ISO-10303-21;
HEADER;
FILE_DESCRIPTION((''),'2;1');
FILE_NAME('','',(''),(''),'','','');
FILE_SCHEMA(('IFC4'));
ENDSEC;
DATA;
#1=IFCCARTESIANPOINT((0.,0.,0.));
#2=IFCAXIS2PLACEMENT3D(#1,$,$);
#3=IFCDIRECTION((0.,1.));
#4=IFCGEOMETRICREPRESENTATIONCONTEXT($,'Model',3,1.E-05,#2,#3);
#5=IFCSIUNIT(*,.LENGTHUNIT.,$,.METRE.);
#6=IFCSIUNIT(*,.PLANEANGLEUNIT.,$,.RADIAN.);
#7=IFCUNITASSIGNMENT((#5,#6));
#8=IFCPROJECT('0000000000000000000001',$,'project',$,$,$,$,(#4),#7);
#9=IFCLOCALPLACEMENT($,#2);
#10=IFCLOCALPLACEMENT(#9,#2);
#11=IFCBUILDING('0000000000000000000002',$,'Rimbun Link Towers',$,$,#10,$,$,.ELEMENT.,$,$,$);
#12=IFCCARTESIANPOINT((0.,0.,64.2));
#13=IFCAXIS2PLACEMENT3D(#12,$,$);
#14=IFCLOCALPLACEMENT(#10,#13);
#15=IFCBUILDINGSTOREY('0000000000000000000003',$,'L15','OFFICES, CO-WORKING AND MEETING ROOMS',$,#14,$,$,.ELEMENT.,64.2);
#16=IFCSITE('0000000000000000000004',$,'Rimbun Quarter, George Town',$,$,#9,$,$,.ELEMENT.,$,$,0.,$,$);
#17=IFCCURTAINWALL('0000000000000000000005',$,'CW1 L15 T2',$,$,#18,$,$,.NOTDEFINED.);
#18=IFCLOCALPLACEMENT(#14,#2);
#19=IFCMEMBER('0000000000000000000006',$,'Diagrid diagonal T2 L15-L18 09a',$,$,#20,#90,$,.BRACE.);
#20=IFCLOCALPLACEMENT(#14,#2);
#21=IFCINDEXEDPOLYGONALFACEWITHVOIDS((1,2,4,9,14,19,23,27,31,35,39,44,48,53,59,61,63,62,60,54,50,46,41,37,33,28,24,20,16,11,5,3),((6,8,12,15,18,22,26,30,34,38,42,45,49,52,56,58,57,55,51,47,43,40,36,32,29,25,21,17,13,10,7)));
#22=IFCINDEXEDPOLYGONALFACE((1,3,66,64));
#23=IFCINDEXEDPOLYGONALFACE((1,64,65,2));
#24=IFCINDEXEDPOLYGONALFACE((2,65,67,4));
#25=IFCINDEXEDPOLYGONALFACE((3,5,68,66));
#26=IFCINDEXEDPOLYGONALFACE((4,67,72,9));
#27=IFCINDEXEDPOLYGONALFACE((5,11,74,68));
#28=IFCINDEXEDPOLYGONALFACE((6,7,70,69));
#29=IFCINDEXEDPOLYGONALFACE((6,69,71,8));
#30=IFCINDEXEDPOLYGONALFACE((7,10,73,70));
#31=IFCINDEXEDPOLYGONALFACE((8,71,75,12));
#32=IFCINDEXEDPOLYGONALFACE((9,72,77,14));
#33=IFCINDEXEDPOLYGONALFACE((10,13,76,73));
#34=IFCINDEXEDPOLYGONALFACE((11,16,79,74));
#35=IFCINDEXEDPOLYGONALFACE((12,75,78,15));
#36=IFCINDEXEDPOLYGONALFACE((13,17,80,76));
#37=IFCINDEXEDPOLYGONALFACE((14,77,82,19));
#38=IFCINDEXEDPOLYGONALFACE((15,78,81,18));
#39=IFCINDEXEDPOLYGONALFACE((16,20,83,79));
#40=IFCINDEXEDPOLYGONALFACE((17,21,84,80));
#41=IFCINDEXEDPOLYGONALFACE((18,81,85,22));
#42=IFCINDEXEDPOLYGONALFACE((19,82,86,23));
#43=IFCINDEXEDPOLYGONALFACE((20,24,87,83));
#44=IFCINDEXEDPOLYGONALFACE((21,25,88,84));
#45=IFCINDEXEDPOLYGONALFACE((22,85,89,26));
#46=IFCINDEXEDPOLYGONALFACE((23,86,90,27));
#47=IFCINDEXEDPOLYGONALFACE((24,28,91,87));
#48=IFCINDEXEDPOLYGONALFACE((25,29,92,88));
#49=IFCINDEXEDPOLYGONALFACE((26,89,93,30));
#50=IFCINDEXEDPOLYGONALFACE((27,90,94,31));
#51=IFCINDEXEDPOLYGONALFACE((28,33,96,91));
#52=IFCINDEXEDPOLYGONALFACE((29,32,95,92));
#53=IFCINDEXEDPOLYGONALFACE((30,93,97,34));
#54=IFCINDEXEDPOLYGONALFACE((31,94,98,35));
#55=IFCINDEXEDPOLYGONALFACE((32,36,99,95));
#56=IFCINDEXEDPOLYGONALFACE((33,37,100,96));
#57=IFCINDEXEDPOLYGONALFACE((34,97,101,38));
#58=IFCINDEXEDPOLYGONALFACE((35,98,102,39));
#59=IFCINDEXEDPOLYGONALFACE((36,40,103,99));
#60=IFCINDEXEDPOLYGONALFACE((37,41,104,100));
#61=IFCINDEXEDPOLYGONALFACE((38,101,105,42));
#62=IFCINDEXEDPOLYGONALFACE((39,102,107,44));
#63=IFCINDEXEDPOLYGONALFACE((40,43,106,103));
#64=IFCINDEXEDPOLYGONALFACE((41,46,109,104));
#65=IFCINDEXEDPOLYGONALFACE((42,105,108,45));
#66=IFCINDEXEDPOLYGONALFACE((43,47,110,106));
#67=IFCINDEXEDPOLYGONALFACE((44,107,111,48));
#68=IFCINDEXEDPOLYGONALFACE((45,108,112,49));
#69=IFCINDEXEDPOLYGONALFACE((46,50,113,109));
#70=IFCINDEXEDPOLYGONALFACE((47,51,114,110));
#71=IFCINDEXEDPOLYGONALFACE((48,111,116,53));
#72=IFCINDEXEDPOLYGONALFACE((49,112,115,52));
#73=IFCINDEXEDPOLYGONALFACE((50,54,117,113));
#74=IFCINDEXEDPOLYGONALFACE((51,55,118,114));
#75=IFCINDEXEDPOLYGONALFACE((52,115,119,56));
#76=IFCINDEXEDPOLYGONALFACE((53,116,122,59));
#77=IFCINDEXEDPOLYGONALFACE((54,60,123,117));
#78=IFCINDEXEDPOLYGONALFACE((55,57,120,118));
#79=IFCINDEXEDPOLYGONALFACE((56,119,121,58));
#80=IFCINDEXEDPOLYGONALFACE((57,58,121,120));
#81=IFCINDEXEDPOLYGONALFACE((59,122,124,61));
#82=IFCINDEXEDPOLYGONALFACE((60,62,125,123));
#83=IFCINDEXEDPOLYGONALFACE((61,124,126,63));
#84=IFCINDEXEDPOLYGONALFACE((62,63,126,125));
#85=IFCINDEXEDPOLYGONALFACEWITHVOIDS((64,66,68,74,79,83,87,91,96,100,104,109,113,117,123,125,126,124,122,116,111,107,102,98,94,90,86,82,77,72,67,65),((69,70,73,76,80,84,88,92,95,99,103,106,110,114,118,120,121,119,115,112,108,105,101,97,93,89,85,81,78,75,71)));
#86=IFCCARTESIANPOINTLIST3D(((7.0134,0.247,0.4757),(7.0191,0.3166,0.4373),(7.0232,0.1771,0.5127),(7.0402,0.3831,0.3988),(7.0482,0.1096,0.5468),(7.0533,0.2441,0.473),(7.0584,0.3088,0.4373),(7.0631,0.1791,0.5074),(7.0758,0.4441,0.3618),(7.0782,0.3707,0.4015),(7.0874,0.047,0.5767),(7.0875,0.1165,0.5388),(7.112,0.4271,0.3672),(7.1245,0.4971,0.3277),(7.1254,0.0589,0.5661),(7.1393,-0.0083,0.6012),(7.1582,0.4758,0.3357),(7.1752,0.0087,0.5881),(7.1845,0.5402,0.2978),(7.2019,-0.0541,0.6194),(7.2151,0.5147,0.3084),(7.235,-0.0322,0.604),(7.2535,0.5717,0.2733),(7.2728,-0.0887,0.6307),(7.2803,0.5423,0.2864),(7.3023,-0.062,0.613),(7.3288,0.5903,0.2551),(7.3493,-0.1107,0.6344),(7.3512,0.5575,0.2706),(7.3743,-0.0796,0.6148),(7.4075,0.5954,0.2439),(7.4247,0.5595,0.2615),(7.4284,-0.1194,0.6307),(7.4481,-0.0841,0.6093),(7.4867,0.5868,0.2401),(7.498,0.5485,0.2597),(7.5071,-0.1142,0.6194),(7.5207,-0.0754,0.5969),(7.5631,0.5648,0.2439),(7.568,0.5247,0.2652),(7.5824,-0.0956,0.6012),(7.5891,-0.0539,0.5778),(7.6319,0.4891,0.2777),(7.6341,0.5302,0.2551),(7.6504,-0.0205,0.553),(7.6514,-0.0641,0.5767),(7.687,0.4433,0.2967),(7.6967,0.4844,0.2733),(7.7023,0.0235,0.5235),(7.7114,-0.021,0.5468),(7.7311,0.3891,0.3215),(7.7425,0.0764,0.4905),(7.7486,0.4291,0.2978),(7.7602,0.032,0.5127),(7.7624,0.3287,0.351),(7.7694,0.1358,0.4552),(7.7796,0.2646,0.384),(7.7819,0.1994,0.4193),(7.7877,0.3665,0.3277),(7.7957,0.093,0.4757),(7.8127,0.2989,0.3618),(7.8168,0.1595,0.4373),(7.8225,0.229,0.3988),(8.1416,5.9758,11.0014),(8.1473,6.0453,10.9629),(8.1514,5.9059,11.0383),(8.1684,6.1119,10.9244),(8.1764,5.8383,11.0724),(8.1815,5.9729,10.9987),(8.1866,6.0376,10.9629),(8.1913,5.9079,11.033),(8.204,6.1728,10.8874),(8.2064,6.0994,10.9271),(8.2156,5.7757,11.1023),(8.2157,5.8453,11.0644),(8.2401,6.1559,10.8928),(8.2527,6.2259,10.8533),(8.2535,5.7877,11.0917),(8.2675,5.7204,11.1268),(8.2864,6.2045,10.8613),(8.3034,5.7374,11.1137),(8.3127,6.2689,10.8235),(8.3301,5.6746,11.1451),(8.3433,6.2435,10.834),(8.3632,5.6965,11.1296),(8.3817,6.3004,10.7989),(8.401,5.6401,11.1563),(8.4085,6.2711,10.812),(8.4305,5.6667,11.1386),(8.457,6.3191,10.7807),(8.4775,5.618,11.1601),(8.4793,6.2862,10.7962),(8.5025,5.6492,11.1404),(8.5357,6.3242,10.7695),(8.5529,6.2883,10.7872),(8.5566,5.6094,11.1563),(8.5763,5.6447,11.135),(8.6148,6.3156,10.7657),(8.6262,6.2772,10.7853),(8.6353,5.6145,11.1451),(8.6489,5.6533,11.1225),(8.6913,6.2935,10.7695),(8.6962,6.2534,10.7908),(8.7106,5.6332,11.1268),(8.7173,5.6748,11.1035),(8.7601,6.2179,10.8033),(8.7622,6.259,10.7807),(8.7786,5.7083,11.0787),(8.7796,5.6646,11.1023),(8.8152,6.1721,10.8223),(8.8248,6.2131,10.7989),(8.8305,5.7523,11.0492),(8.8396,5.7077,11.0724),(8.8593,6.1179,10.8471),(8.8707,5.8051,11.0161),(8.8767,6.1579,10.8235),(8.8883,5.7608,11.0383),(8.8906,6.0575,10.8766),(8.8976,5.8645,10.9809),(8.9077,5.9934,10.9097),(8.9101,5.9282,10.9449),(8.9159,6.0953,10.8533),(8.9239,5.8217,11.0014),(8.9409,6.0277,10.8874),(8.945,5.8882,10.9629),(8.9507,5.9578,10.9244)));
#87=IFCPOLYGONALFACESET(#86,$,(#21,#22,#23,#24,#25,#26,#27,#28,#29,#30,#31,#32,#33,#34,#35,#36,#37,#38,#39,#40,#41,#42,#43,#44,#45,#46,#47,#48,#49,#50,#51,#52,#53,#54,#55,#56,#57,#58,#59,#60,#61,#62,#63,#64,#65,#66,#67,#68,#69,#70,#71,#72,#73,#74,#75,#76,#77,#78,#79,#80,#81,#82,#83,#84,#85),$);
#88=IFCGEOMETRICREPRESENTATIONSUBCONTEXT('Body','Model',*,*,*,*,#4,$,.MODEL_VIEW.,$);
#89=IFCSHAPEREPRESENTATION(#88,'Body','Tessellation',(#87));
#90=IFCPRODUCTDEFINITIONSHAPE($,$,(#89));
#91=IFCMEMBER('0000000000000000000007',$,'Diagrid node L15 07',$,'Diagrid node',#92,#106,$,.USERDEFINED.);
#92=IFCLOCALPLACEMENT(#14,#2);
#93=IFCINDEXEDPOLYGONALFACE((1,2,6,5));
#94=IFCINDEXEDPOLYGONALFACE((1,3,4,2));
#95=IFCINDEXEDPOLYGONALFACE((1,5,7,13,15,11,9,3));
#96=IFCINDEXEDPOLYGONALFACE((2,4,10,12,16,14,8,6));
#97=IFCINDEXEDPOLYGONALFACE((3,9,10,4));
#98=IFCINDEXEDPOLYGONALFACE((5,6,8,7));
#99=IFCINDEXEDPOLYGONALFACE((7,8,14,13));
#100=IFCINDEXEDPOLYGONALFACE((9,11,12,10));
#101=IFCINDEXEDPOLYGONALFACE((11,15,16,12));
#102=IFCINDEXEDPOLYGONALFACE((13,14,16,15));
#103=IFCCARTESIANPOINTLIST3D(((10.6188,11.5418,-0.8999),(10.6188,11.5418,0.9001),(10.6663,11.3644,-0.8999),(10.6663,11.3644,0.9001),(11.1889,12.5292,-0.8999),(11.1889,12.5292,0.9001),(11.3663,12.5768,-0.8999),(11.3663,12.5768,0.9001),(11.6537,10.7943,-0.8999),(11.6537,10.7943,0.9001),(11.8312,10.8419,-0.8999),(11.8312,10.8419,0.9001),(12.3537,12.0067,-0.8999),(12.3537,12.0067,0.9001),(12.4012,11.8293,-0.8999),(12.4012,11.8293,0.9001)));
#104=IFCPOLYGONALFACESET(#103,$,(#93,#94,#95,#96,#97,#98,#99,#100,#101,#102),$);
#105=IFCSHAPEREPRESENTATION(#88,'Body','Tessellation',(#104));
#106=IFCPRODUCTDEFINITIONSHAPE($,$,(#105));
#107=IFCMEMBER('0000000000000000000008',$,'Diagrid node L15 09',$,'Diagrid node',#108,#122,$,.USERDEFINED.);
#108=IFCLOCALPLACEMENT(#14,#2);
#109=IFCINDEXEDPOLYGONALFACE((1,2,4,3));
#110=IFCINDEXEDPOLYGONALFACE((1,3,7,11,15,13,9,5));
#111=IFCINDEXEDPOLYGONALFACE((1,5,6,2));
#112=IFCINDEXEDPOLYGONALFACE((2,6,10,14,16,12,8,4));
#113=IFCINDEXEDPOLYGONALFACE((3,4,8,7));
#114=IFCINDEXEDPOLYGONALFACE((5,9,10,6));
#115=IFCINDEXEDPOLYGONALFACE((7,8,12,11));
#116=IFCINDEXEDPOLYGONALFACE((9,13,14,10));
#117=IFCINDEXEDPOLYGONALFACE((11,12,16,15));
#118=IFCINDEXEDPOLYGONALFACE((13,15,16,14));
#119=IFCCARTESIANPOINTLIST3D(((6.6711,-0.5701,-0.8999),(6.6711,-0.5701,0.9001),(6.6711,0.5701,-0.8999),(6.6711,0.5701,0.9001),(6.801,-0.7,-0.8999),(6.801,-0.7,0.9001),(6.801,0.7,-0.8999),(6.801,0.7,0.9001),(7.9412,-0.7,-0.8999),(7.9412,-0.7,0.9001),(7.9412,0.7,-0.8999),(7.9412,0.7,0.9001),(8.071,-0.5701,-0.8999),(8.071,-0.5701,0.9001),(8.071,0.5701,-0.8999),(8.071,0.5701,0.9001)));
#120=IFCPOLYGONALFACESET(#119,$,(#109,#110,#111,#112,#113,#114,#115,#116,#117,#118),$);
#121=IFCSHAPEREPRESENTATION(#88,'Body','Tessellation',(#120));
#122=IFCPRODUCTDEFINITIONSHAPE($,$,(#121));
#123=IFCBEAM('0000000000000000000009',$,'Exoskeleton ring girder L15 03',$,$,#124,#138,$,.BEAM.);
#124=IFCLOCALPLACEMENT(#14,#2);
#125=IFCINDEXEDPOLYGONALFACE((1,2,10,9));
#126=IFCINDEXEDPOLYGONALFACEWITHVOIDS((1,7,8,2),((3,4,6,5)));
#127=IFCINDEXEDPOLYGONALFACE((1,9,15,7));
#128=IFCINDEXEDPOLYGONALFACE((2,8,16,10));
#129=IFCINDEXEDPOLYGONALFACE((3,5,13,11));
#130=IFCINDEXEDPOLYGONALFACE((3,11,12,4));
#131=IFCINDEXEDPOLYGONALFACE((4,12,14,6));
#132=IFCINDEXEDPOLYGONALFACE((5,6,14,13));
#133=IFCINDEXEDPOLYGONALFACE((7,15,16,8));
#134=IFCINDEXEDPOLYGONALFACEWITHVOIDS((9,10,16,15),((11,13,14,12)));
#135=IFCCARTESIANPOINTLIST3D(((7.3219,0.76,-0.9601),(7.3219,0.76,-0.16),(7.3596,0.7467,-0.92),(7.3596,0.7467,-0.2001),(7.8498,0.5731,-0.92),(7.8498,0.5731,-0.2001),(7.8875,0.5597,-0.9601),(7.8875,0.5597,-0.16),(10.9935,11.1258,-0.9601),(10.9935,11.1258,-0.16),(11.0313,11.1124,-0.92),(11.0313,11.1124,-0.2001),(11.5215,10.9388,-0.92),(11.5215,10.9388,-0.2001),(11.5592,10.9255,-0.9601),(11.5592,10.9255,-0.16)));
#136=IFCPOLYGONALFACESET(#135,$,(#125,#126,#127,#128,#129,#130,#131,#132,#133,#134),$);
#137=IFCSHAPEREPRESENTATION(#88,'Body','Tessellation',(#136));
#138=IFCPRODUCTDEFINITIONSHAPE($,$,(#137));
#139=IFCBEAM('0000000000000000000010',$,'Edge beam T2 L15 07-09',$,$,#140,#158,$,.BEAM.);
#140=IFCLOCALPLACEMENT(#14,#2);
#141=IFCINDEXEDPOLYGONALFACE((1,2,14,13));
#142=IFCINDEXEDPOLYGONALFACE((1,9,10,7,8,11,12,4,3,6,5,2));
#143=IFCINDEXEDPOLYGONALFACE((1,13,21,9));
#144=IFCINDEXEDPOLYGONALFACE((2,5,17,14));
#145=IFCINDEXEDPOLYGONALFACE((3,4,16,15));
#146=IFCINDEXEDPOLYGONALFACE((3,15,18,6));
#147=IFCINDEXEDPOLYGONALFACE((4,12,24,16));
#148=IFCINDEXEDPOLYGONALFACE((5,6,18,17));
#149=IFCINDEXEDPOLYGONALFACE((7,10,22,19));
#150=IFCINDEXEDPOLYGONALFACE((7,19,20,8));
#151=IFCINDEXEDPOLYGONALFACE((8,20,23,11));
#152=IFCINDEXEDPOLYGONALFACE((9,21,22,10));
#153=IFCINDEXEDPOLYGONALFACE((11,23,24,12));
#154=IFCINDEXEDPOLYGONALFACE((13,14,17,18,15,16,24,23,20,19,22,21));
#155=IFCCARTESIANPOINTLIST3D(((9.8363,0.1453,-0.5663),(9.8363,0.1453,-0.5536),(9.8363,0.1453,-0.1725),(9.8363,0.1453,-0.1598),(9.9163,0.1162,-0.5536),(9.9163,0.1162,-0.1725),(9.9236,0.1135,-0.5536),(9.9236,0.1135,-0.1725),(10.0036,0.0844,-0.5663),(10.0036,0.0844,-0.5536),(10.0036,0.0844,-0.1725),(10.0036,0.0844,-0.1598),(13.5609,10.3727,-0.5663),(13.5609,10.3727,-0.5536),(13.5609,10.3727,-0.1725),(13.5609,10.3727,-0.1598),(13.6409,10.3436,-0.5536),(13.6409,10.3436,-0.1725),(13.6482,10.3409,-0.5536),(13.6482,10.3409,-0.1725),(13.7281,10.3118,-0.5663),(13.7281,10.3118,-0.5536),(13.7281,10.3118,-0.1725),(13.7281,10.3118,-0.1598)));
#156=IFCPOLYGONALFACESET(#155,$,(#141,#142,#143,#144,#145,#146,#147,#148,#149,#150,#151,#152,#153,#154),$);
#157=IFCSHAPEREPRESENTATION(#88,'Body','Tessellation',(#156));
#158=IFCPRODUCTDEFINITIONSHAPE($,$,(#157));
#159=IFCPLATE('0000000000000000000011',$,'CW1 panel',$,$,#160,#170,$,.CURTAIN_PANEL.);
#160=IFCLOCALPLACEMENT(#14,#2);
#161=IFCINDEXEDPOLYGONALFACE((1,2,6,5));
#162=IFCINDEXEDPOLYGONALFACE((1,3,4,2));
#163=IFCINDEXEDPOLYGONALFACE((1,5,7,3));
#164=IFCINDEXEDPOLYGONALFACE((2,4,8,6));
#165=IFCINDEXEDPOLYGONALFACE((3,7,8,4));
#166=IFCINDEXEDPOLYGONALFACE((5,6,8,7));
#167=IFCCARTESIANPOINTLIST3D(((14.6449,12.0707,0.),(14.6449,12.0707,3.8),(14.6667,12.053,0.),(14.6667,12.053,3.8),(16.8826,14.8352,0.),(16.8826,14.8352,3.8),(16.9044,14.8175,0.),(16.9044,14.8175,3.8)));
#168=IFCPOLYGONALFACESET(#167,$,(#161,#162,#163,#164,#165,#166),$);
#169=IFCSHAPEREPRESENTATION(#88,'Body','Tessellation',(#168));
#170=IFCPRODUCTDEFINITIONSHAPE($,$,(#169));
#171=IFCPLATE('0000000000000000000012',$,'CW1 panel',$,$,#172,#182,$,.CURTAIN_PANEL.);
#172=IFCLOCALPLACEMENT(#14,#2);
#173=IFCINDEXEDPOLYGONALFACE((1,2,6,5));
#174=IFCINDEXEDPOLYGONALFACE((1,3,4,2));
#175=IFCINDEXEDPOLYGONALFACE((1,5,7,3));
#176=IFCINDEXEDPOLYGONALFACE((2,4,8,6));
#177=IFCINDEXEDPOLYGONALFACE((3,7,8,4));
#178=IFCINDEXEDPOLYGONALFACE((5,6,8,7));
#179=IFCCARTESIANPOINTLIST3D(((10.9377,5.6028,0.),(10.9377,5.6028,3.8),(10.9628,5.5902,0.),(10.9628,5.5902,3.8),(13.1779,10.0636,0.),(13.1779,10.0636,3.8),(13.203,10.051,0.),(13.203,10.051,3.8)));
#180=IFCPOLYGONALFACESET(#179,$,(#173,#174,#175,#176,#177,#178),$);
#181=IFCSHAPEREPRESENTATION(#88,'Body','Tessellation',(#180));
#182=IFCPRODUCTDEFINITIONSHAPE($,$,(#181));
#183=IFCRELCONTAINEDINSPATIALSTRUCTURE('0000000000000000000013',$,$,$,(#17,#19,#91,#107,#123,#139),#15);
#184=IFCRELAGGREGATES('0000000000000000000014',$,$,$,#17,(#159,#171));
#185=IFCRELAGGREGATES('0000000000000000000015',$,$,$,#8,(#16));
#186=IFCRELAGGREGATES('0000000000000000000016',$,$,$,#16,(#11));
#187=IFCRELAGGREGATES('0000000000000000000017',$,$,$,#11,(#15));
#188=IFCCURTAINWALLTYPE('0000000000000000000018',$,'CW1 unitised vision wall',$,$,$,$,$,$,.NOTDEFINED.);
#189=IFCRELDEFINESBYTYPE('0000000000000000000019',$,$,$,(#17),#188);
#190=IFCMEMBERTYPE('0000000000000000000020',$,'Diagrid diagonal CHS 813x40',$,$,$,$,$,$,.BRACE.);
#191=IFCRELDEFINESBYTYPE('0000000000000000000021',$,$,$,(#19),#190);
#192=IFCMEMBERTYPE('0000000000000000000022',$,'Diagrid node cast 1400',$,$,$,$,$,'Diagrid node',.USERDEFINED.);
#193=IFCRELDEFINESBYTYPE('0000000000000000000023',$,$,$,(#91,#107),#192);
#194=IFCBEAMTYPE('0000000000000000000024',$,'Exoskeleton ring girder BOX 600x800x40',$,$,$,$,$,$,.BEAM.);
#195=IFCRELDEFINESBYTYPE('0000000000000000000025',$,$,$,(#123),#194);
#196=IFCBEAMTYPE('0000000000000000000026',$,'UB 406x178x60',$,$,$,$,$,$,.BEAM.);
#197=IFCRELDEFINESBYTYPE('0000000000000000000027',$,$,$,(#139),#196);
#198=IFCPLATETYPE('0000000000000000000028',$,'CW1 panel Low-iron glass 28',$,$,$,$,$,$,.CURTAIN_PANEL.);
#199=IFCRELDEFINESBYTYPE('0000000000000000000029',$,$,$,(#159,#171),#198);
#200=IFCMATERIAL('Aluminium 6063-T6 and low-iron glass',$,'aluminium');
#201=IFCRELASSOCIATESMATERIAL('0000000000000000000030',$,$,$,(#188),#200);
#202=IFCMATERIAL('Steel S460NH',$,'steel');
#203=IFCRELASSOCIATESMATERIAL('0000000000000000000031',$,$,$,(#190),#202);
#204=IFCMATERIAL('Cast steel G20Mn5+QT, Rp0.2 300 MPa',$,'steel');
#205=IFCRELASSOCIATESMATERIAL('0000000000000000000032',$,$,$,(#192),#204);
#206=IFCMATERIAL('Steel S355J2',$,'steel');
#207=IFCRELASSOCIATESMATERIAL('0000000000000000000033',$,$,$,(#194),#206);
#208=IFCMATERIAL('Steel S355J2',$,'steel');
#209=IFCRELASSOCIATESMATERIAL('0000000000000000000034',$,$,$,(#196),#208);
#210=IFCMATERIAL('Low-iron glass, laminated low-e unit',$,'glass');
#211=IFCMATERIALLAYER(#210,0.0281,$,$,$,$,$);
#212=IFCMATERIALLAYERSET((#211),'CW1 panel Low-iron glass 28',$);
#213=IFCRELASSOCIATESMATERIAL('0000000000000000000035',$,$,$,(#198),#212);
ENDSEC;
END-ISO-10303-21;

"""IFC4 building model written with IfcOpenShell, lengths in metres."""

from ifc_helpers import new_model, si_unit, direction, frame, origin, origin_2d, place, context, subcontext, project, spatial, polyline, rectangle, hollow_rectangle, hollow_circle, i_section, outline, extrude, material, layer, layer_set, material_profile, profile_set, type_object, element, aggregate, save


model = new_model("IFC4")

# Units and contexts
model_context = context("Model", 3, precision=1e-05, world=origin(), true_north=direction((0.0, 1.0)))
body_context = subcontext(model_context, "Body", "Model", "MODEL_VIEW")
ifc_project = project(units=[si_unit("LENGTHUNIT", "METRE"), si_unit("PLANEANGLEUNIT", "RADIAN")], contexts=[model_context])

# Site, building, storey
site_placement = place(None, origin())
site = spatial("IfcSite", under=ifc_project, at=site_placement, Name="Rimbun Quarter, George Town", CompositionType="ELEMENT", RefElevation=0.0)
building_placement = place(site_placement, origin())
building = spatial("IfcBuilding", under=site, at=building_placement, Name="Rimbun Link Towers", CompositionType="ELEMENT")
storey_placement = place(building_placement, frame((0.0, 0.0, 64.2)))
storey = spatial("IfcBuildingStorey", under=building, at=storey_placement, Name="L15", Description="OFFICES, CO-WORKING AND MEETING ROOMS", CompositionType="ELEMENT", Elevation=64.2)

# Curtain wall
ifc_material_1 = material(Name="Aluminium 6063-T6 and low-iron glass", Category="aluminium")
curtain_wall_type = type_object("IfcCurtainWallType", Name="CW1 unitised vision wall", PredefinedType="NOTDEFINED", material=ifc_material_1)
curtain_wall_placement = place(storey_placement, origin())
curtain_wall = element("IfcCurtainWall", 1, at=curtain_wall_placement, inside=storey, type_object=curtain_wall_type, Name="CW1 L15 T2", PredefinedType="NOTDEFINED")

# Members
ifc_material_2 = material(Name="Steel S460NH", Category="steel")
ifc_material_profile_1 = material_profile(ifc_material_2, hollow_circle(Radius=0.4065, WallThickness=0.04, at=origin_2d()), Name="Diagrid diagonal CHS 813x40")
ifc_profile_set_1 = profile_set([ifc_material_profile_1], Name="Steel S460NH")
member_type_1 = type_object("IfcMemberType", Name="Diagrid diagonal CHS 813x40", PredefinedType="BRACE", material=ifc_profile_set_1)
member_1_placement = place(storey_placement, frame((7.418, 0.238, 0.4373), z_axis=(0.093728, 0.475944, 0.874467), x_axis=(-0.981155, 0.19322, 0.0)))
element("IfcMember", 2, at=member_1_placement, inside=storey, type_object=member_type_1, Name="Diagrid diagonal T2 L15-L18 09a", PredefinedType="BRACE", context=body_context, shape_type="SweptSolid", body=[
    extrude(hollow_circle(Radius=0.4065, WallThickness=0.04, at=origin_2d()), origin(), (0.0, 0.0, 1.0), 12.0366),
])
ifc_material_3 = material(Name="Cast steel G20Mn5+QT, Rp0.2 300 MPa", Category="steel")
ifc_material_profile_2 = material_profile(ifc_material_3, outline(polyline([(0.7, -0.5701), (0.7, 0.5701), (0.5701, 0.7), (-0.5701, 0.7), (-0.7, 0.5701), (-0.7, -0.5701), (-0.5701, -0.7), (0.5701, -0.7), (0.7, -0.5701)])), Name="NODE 1400x1400")
ifc_profile_set_2 = profile_set([ifc_material_profile_2], Name="Cast steel G20Mn5+QT, Rp0.2 300 MPa")
member_type_2 = type_object("IfcMemberType", Name="Diagrid node cast 1400", ElementType="Diagrid node", PredefinedType="USERDEFINED", material=ifc_profile_set_2)
for number, where, z_axis, x_axis, name in (
    (3, (11.51, 11.6855, -0.8999), (0.0, 0.0, 1.0), (-0.866025, 0.5, 0.0), "Diagrid node L15 07"),
    (4, (7.3711, 0.0, -0.8999), (0.0, 0.0, 1.0), (-1.0, 0.0, 0.0), "Diagrid node L15 09"),
):
    element("IfcMember", number, at=place(storey_placement, frame(where, z_axis=z_axis, x_axis=x_axis)), inside=storey, type_object=member_type_2, Name=name, ObjectType="Diagrid node", PredefinedType="USERDEFINED", context=body_context, shape_type="SweptSolid", body=[
        extrude(outline(polyline([(0.7, -0.5701), (0.7, 0.5701), (0.5701, 0.7), (-0.5701, 0.7), (-0.7, 0.5701), (-0.7, -0.5701), (-0.5701, -0.7), (0.5701, -0.7), (0.7, -0.5701)])), origin(), (0.0, 0.0, 1.0), 1.8),
    ])

# Beams
ifc_material_4 = material(Name="Steel S355J2", Category="steel")
ifc_material_profile_3 = material_profile(ifc_material_4, hollow_rectangle(XDim=0.6001, YDim=0.8, WallThickness=0.04, at=origin_2d()), Name="Exoskeleton ring girder BOX 600x800x40")
ifc_profile_set_3 = profile_set([ifc_material_profile_3], Name="Steel S355J2")
beam_type_1 = type_object("IfcBeamType", Name="Exoskeleton ring girder BOX 600x800x40", PredefinedType="BEAM", material=ifc_profile_set_3)
beam_1_placement = place(storey_placement, frame((11.2764, 11.0256, -0.5601), z_axis=(-0.333882, -0.942615, 0.0), x_axis=(0.942615, -0.333882, 0.0)))
element("IfcBeam", 5, at=beam_1_placement, inside=storey, type_object=beam_type_1, Name="Exoskeleton ring girder L15 03", PredefinedType="BEAM", context=body_context, shape_type="SweptSolid", body=[
    extrude(hollow_rectangle(XDim=0.6001, YDim=0.8, WallThickness=0.04, at=origin_2d()), origin(), (0.0, 0.0, 1.0), 10.9968),
])
ifc_material_5 = material(Name="Steel S355J2", Category="steel")
ifc_material_profile_4 = material_profile(ifc_material_5, i_section(OverallWidth=0.178, OverallDepth=0.4065, WebThickness=0.0078, FlangeThickness=0.0127, at=origin_2d()), Name="UB 406x178x60")
ifc_profile_set_4 = profile_set([ifc_material_profile_4], Name="Steel S355J2")
beam_type_2 = type_object("IfcBeamType", Name="UB 406x178x60", PredefinedType="BEAM", material=ifc_profile_set_4)
beam_2_placement = place(storey_placement, frame((13.6445, 10.3423, -0.363), z_axis=(-0.34219, -0.939631, 0.0), x_axis=(0.939631, -0.34219, 0.0)))
element("IfcBeam", 6, at=beam_2_placement, inside=storey, type_object=beam_type_2, Name="Edge beam T2 L15 07-09", PredefinedType="BEAM", context=body_context, shape_type="SweptSolid", body=[
    extrude(i_section(OverallWidth=0.178, OverallDepth=0.4065, WebThickness=0.0078, FlangeThickness=0.0127, at=origin_2d()), origin(), (0.0, 0.0, 1.0), 10.8845),
])

# Plates
ifc_material_6 = material(Name="Low-iron glass, laminated low-e unit", Category="glass")
ifc_layer_1 = layer(ifc_material_6, 0.0281)
ifc_layer_set_1 = layer_set([ifc_layer_1], Name="CW1 panel Low-iron glass 28")
plate_type = type_object("IfcPlateType", Name="CW1 panel Low-iron glass 28", PredefinedType="CURTAIN_PANEL", material=ifc_layer_set_1)
plate_1_placement = place(storey_placement, frame((15.7747, 13.4441, 0.0), z_axis=(0.0, 0.0, 1.0), x_axis=(0.629155, 0.77728, 0.0)))
plate_1 = element("IfcPlate", 7, at=plate_1_placement, type_object=plate_type, Name="CW1 panel", PredefinedType="CURTAIN_PANEL", context=body_context, shape_type="SweptSolid", body=[
    extrude(rectangle(XDim=3.5566, YDim=0.0281, at=origin_2d()), origin(), (0.0, 0.0, 1.0), 3.8),
])
plate_2_placement = place(storey_placement, frame((12.0703, 7.8269, 0.0), z_axis=(0.0, 0.0, 1.0), x_axis=(0.448782, 0.893641, 0.0)))
plate_2 = element("IfcPlate", 8, at=plate_2_placement, type_object=plate_type, Name="CW1 panel", PredefinedType="CURTAIN_PANEL", context=body_context, shape_type="SweptSolid", body=[
    extrude(rectangle(XDim=4.9917, YDim=0.0281, at=origin_2d()), origin(), (0.0, 0.0, 1.0), 3.8),
])
aggregate(curtain_wall, [plate_1, plate_2])

save(model, "model.ifc")
